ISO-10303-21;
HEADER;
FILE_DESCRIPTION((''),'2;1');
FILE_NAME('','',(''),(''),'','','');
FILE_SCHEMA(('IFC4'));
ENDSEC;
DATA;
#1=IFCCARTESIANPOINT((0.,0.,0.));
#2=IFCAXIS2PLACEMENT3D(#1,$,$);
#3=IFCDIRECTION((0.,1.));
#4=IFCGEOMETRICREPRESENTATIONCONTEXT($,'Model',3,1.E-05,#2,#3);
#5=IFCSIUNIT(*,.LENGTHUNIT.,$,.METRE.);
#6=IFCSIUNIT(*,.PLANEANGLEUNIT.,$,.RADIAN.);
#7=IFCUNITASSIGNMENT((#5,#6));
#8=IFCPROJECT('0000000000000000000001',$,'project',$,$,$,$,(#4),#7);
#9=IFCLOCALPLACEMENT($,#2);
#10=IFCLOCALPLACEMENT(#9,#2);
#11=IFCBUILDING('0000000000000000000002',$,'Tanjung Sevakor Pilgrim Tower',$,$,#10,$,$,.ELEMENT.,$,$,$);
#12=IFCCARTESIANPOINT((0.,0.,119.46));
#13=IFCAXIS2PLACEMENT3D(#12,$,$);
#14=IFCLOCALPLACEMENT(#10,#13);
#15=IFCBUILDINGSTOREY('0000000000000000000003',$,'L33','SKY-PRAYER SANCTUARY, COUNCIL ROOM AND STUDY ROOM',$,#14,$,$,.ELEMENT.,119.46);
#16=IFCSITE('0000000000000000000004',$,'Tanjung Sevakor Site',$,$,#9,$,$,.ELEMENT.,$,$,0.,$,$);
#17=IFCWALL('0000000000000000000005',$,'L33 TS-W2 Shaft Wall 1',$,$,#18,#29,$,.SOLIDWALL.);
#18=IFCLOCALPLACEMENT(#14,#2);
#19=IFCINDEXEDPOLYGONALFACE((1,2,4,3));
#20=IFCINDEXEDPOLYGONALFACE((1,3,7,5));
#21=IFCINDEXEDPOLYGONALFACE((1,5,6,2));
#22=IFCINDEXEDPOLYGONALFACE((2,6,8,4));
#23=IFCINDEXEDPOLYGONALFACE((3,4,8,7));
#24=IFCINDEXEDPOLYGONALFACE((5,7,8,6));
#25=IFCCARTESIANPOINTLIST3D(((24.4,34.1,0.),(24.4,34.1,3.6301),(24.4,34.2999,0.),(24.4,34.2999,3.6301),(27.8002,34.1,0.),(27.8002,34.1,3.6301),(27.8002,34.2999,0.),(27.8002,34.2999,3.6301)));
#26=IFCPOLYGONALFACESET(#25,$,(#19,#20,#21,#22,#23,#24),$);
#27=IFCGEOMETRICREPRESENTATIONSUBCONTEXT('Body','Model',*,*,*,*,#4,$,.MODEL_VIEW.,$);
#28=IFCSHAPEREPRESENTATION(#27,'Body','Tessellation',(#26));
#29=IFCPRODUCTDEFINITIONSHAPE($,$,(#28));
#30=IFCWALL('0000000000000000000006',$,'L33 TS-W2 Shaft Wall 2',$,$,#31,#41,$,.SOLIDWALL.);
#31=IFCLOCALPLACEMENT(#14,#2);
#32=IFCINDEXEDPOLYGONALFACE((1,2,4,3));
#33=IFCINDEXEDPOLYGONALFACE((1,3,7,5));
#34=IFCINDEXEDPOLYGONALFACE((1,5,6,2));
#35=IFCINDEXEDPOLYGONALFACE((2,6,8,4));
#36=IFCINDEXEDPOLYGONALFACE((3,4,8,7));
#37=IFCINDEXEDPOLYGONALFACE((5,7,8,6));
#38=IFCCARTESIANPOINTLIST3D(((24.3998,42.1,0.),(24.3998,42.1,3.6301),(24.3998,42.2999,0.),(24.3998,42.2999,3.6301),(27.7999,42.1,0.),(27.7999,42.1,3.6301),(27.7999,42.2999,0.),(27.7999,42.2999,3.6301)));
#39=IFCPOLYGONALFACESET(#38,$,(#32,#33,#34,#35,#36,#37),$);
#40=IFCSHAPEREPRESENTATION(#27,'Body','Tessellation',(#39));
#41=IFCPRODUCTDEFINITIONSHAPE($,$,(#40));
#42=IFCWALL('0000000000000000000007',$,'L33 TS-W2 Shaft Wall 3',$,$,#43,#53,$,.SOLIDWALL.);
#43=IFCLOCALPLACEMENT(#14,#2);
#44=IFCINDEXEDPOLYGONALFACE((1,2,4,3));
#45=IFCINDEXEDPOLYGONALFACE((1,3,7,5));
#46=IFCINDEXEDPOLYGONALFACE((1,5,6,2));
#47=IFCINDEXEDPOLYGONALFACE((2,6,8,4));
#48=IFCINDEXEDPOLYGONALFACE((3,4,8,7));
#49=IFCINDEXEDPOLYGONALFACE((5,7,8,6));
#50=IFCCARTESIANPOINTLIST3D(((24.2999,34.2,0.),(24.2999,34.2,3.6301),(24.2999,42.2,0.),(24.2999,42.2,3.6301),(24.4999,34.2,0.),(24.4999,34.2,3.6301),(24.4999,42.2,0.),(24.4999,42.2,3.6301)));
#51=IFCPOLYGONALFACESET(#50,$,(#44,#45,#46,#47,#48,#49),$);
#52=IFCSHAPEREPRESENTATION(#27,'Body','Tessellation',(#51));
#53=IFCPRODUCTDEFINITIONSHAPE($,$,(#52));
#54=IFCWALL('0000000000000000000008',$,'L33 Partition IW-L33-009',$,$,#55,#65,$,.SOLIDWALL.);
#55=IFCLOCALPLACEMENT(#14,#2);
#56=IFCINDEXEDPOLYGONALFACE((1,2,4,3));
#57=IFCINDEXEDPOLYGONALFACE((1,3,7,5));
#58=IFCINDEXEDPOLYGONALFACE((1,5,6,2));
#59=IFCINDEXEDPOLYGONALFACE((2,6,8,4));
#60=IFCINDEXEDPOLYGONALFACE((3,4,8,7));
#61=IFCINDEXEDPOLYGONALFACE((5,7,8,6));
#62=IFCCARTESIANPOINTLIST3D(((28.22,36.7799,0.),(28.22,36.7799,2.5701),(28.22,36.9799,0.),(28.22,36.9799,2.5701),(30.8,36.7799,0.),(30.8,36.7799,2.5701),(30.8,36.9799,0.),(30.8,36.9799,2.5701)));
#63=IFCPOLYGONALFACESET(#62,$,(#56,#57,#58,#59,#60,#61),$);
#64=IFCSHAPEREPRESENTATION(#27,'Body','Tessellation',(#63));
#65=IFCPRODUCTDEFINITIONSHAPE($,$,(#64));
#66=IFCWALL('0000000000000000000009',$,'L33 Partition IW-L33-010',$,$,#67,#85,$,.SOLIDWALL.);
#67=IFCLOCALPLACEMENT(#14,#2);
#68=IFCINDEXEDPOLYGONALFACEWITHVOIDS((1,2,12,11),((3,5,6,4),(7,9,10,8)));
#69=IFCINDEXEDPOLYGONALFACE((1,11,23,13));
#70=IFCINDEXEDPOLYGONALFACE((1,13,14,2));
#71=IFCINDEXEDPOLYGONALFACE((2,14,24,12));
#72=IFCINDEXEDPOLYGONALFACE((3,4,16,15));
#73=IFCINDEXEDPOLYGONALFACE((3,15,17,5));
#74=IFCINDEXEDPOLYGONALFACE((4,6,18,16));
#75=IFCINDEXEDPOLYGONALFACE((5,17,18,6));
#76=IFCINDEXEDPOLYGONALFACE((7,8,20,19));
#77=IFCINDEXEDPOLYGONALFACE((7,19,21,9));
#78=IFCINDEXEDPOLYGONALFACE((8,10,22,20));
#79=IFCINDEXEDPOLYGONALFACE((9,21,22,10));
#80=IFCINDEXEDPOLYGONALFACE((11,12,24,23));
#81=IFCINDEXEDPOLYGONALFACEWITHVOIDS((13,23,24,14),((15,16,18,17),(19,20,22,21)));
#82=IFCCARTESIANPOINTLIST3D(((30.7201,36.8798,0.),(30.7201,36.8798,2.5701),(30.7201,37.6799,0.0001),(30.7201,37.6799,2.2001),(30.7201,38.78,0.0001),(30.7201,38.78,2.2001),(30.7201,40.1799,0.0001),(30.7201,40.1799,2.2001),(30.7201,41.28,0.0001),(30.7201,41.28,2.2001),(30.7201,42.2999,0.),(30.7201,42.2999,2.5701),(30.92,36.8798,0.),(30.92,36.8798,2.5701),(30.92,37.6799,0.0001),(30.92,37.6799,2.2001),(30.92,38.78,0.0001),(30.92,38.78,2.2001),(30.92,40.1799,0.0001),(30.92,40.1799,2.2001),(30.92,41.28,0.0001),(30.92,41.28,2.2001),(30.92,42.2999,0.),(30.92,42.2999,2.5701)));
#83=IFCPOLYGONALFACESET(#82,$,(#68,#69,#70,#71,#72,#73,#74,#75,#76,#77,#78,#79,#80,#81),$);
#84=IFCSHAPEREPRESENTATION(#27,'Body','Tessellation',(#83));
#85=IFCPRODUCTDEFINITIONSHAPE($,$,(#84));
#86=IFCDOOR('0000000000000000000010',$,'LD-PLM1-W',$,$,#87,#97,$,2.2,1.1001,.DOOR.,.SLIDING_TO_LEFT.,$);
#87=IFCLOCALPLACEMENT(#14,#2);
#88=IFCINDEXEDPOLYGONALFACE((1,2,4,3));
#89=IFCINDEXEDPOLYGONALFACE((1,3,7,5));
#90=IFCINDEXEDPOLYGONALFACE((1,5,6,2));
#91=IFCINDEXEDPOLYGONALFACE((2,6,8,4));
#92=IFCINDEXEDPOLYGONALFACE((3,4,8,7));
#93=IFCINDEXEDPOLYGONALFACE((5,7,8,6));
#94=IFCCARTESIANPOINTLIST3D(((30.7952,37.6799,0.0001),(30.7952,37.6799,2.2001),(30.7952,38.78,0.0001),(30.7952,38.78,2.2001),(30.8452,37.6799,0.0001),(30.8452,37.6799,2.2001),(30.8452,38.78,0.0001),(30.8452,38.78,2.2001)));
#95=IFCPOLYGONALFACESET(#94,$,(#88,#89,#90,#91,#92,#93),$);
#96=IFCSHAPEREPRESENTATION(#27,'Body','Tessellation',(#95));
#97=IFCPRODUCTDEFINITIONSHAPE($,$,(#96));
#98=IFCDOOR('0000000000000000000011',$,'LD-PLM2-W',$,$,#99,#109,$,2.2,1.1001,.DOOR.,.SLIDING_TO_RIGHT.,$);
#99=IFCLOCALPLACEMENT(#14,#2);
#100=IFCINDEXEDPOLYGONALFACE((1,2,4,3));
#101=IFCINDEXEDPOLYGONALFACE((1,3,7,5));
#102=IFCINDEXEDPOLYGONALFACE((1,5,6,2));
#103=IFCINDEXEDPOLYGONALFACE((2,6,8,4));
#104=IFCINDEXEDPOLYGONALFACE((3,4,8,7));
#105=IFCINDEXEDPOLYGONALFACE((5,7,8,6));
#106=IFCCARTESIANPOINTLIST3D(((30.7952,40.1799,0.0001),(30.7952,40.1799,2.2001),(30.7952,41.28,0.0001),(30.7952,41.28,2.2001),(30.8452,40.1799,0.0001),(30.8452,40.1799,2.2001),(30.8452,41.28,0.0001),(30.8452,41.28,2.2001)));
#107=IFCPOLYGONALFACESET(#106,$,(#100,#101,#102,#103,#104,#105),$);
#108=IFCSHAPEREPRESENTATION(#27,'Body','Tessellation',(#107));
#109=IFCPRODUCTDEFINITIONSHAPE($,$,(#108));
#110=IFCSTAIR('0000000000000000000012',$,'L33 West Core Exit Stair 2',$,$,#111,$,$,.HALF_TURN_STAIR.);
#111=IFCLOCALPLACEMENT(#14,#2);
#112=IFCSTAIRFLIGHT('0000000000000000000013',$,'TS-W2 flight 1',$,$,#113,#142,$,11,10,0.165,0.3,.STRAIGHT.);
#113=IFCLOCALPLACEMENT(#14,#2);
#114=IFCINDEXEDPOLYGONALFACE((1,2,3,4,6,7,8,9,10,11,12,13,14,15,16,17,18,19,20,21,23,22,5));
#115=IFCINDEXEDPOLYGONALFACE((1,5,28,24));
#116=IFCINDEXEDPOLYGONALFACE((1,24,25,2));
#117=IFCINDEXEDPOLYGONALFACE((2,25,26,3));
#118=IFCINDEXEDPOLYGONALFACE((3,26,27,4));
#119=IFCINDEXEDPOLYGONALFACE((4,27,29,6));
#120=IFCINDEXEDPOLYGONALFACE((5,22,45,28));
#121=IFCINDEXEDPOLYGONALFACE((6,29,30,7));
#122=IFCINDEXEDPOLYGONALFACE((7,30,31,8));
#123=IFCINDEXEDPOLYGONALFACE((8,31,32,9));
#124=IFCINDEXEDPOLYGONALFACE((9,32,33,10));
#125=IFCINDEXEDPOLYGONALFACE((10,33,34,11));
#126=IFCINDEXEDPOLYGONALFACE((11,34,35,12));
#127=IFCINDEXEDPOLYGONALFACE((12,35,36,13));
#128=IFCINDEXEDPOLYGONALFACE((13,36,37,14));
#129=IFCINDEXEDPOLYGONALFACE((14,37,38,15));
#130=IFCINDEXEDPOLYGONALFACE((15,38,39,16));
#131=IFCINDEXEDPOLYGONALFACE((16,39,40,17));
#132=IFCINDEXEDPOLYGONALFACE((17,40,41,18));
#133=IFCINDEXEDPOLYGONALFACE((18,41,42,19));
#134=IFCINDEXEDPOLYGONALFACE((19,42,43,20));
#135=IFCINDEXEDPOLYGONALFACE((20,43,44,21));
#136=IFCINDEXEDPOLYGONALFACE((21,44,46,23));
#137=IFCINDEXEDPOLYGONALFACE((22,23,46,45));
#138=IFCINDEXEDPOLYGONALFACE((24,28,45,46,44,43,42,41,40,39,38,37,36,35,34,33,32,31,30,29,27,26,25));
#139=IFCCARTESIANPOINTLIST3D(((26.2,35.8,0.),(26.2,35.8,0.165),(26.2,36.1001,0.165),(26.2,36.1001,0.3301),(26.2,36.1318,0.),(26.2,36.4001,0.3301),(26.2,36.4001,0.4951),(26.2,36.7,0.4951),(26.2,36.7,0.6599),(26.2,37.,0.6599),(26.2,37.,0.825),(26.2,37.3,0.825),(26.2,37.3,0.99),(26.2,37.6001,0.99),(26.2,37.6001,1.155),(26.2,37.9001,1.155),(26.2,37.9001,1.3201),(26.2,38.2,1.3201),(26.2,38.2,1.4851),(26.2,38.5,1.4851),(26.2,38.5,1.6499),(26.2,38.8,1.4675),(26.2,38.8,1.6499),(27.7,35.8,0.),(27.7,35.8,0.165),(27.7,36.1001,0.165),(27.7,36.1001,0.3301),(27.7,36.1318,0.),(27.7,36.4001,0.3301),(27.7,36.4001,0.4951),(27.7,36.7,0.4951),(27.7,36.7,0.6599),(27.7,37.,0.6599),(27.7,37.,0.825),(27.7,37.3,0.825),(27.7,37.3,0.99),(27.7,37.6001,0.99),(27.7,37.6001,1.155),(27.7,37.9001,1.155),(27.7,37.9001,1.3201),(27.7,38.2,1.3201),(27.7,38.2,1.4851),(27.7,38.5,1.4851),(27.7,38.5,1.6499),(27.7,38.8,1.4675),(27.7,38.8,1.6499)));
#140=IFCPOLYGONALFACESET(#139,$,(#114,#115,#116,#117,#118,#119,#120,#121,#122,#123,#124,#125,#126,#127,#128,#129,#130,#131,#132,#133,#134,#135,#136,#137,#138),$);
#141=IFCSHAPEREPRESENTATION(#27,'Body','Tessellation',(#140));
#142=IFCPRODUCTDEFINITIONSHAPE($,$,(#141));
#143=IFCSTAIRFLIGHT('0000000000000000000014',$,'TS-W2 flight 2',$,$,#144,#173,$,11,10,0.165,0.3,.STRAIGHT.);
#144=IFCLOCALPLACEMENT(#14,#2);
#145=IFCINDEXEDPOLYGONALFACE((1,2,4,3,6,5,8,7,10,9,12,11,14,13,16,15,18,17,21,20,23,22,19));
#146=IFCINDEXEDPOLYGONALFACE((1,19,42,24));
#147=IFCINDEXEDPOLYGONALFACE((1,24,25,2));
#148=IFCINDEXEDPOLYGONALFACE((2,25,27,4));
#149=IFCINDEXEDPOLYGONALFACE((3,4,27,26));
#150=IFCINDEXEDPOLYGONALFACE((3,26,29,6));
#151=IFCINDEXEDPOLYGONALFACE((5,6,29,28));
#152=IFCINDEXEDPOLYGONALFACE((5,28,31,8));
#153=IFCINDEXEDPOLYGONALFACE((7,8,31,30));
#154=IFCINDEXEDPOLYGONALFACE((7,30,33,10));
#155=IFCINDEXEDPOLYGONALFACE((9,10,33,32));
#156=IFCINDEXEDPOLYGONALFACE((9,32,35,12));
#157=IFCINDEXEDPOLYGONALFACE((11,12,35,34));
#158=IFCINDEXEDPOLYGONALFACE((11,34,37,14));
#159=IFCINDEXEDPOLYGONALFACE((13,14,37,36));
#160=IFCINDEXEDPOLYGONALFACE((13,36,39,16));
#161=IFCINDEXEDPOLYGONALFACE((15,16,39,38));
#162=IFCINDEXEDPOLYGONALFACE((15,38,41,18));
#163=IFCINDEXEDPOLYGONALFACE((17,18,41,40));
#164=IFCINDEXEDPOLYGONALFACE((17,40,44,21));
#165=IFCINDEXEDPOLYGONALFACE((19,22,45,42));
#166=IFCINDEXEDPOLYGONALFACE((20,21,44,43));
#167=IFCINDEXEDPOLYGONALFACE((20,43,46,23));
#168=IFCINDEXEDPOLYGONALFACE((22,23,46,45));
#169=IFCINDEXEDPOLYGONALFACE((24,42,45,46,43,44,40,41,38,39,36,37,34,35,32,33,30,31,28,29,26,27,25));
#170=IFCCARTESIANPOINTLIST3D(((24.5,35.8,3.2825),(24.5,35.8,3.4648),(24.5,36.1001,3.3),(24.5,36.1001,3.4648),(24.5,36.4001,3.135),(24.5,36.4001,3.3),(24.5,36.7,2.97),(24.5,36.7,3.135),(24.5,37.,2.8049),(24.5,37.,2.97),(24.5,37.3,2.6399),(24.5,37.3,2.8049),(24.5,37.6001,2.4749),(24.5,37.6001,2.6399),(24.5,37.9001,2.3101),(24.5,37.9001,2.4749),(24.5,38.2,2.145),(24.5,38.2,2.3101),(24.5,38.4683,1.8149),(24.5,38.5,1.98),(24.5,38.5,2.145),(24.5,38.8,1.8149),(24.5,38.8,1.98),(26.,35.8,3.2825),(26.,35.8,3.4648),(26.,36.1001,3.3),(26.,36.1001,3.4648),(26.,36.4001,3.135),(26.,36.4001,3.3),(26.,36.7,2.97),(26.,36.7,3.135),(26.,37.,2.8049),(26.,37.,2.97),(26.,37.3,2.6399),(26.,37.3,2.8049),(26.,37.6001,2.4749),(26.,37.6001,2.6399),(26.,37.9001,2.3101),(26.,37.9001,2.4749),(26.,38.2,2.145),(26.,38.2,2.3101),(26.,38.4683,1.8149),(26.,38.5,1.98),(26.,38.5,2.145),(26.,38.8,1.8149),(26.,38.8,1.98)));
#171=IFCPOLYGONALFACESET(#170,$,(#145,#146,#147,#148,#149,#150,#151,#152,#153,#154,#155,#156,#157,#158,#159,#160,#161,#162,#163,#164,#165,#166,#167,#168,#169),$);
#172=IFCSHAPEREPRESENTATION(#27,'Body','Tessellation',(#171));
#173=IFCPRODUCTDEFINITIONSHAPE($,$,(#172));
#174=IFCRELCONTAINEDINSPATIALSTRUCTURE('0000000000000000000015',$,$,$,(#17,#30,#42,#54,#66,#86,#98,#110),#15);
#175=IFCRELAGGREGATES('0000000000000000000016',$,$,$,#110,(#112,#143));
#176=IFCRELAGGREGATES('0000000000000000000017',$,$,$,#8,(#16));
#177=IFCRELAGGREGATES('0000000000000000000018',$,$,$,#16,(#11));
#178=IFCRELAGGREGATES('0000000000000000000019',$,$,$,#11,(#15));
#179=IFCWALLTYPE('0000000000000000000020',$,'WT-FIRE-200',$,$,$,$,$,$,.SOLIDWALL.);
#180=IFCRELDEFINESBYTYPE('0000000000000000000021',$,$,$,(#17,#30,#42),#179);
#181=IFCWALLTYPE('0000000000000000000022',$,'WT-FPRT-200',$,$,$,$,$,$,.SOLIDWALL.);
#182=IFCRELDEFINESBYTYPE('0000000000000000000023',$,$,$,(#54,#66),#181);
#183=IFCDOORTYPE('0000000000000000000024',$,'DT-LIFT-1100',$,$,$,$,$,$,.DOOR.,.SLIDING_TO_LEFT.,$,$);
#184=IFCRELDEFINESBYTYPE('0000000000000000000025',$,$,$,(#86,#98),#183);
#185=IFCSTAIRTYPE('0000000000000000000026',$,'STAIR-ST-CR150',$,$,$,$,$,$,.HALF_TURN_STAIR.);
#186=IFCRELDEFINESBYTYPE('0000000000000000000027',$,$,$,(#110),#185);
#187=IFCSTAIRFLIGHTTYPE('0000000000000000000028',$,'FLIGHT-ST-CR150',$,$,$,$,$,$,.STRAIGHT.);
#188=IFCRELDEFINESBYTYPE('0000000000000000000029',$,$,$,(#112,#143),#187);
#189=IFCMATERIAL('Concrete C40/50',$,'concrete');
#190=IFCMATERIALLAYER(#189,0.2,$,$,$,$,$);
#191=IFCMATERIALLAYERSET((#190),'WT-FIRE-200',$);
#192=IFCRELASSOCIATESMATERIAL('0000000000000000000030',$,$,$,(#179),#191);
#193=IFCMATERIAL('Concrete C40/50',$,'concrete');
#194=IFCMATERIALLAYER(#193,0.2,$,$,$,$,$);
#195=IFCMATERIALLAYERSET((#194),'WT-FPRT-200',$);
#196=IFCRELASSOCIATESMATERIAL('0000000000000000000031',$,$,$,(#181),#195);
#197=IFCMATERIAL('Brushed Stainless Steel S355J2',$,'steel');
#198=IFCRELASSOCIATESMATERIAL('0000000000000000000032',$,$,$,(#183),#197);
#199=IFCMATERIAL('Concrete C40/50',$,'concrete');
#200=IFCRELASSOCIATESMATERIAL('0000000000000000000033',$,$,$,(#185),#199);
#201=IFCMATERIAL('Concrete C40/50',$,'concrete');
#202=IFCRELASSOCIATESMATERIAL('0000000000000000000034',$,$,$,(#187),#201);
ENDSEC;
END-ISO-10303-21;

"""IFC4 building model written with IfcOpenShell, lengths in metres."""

from ifc_helpers import new_model, si_unit, direction, frame, frame_2d, origin, place, context, subcontext, project, spatial, polyline, rectangle, outline, extrude, material, layer, layer_set, type_object, element, fill, aggregate, save


model = new_model("IFC4")

# Units and contexts
model_context = context("Model", 3, precision=1e-05, world=origin(), true_north=direction((0.0, 1.0)))
body_context = subcontext(model_context, "Body", "Model", "MODEL_VIEW")
ifc_project = project(units=[si_unit("LENGTHUNIT", "METRE"), si_unit("PLANEANGLEUNIT", "RADIAN")], contexts=[model_context])

# Site, building, storey
site_placement = place(None, origin())
site = spatial("IfcSite", under=ifc_project, at=site_placement, Name="Tanjung Sevakor Site", CompositionType="ELEMENT", RefElevation=0.0)
building_placement = place(site_placement, origin())
building = spatial("IfcBuilding", under=site, at=building_placement, Name="Tanjung Sevakor Pilgrim Tower", CompositionType="ELEMENT")
storey_placement = place(building_placement, frame((0.0, 0.0, 119.46)))
storey = spatial("IfcBuildingStorey", under=building, at=storey_placement, Name="L33", Description="SKY-PRAYER SANCTUARY, COUNCIL ROOM AND STUDY ROOM", CompositionType="ELEMENT", Elevation=119.46)

# Walls
ifc_material_1 = material(Name="Concrete C40/50", Category="concrete")
ifc_layer_1 = layer(ifc_material_1, 0.2)
ifc_layer_set_1 = layer_set([ifc_layer_1], Name="WT-FIRE-200")
wall_type_1 = type_object("IfcWallType", Name="WT-FIRE-200", PredefinedType="SOLIDWALL", material=ifc_layer_set_1)
for number, where, z_axis, x_axis, name in (
    (1, (24.3999, 34.2, 0.0), (0.0, 0.0, 1.0), (1.0, 0.0, 0.0), "L33 TS-W2 Shaft Wall 1"),
    (2, (27.8, 42.2, 0.0), (0.0, 0.0, 1.0), (-1.0, 0.0, 0.0), "L33 TS-W2 Shaft Wall 2"),
):
    element("IfcWall", number, at=place(storey_placement, frame(where, z_axis=z_axis, x_axis=x_axis)), inside=storey, type_object=wall_type_1, Name=name, PredefinedType="SOLIDWALL", context=body_context, shape_type="SweptSolid", body=[
        extrude(rectangle(XDim=3.4001, YDim=0.2, at=frame_2d((1.7002, 0.0))), origin(), (0.0, 0.0, 1.0), 3.6301),
    ])
wall_1_placement = place(storey_placement, frame((24.3999, 42.2, 0.0), z_axis=(0.0, 0.0, 1.0), x_axis=(0.0, -1.0, 0.0)))
element("IfcWall", 3, at=wall_1_placement, inside=storey, type_object=wall_type_1, Name="L33 TS-W2 Shaft Wall 3", PredefinedType="SOLIDWALL", context=body_context, shape_type="SweptSolid", body=[
    extrude(rectangle(XDim=8.0, YDim=0.2, at=frame_2d((4.0, 0.0))), origin(), (0.0, 0.0, 1.0), 3.6301),
])
ifc_material_2 = material(Name="Concrete C40/50", Category="concrete")
ifc_layer_2 = layer(ifc_material_2, 0.2)
ifc_layer_set_2 = layer_set([ifc_layer_2], Name="WT-FPRT-200")
wall_type_2 = type_object("IfcWallType", Name="WT-FPRT-200", PredefinedType="SOLIDWALL", material=ifc_layer_set_2)
wall_2_placement = place(storey_placement, frame((28.22, 36.8799, 0.0), z_axis=(0.0, 0.0, 1.0), x_axis=(1.0, 0.0, 0.0)))
element("IfcWall", 4, at=wall_2_placement, inside=storey, type_object=wall_type_2, Name="L33 Partition IW-L33-009", PredefinedType="SOLIDWALL", context=body_context, shape_type="SweptSolid", body=[
    extrude(rectangle(XDim=2.5801, YDim=0.2, at=frame_2d((1.29, 0.0))), origin(), (0.0, 0.0, 1.0), 2.5701),
])

# Wall, openings, doors
wall_3_placement = place(storey_placement, frame((30.8201, 36.8799, 0.0), z_axis=(0.0, 0.0, 1.0), x_axis=(0.0, 1.0, 0.0)))
wall_3 = element("IfcWall", 5, at=wall_3_placement, inside=storey, type_object=wall_type_2, Name="L33 Partition IW-L33-010", PredefinedType="SOLIDWALL", context=body_context, shape_type="SweptSolid", body=[
    extrude(rectangle(XDim=5.4202, YDim=0.2, at=frame_2d((2.71, 0.0))), origin(), (0.0, 0.0, 1.0), 2.5701),
])
opening_1_placement = place(wall_3_placement, frame((0.8, 0.0, 0.0)))
opening_1 = element("IfcOpeningElement", 6, at=opening_1_placement, cuts=wall_3, PredefinedType="OPENING", context=body_context, shape_type="SweptSolid", body=[
    extrude(rectangle(XDim=1.1001, YDim=2.2, at=frame_2d((0.55, 1.1001))), frame((0.0, 0.1099, 0.0), z_axis=(0.0, -1.0, 0.0), x_axis=(1.0, 0.0, 0.0)), (0.0, 0.0, 1.0), 0.22),
])
opening_2_placement = place(wall_3_placement, frame((3.3, 0.0, 0.0)))
opening_2 = element("IfcOpeningElement", 7, at=opening_2_placement, cuts=wall_3, PredefinedType="OPENING", context=body_context, shape_type="SweptSolid", body=[
    extrude(rectangle(XDim=1.1001, YDim=2.2, at=frame_2d((0.55, 1.1001))), frame((0.0, 0.1099, 0.0), z_axis=(0.0, -1.0, 0.0), x_axis=(1.0, 0.0, 0.0)), (0.0, 0.0, 1.0), 0.22),
])
ifc_material_3 = material(Name="Brushed Stainless Steel S355J2", Category="steel")
door_type = type_object("IfcDoorType", Name="DT-LIFT-1100", OperationType="SLIDING_TO_LEFT", PredefinedType="DOOR", material=ifc_material_3)
door_1_placement = place(opening_1_placement, origin())
door_1 = element("IfcDoor", 8, at=door_1_placement, inside=storey, type_object=door_type, Name="LD-PLM1-W", OperationType="SLIDING_TO_LEFT", OverallHeight=2.2, OverallWidth=1.1001, PredefinedType="DOOR", context=body_context, shape_type="SweptSolid", body=[
    extrude(rectangle(XDim=1.1001, YDim=2.2, at=frame_2d((0.55, 1.1001))), frame((0.0, 0.0249, 0.0), z_axis=(0.0, -1.0, 0.0), x_axis=(1.0, 0.0, 0.0)), (0.0, 0.0, 1.0), 0.05),
])
fill(opening_1, door_1)
door_2_placement = place(opening_2_placement, origin())
door_2 = element("IfcDoor", 9, at=door_2_placement, inside=storey, type_object=door_type, Name="LD-PLM2-W", OperationType="SLIDING_TO_RIGHT", OverallHeight=2.2, OverallWidth=1.1001, PredefinedType="DOOR", context=body_context, shape_type="SweptSolid", body=[
    extrude(rectangle(XDim=1.1001, YDim=2.2, at=frame_2d((0.55, 1.1001))), frame((0.0, 0.0249, 0.0), z_axis=(0.0, -1.0, 0.0), x_axis=(1.0, 0.0, 0.0)), (0.0, 0.0, 1.0), 0.05),
])
fill(opening_2, door_2)

# Stair, stair flights
ifc_material_4 = material(Name="Concrete C40/50", Category="concrete")
stair_type = type_object("IfcStairType", Name="STAIR-ST-CR150", PredefinedType="HALF_TURN_STAIR", material=ifc_material_4)
stair_placement = place(storey_placement, origin())
stair = element("IfcStair", 10, at=stair_placement, inside=storey, type_object=stair_type, Name="L33 West Core Exit Stair 2", PredefinedType="HALF_TURN_STAIR")
ifc_material_5 = material(Name="Concrete C40/50", Category="concrete")
stair_flight_type = type_object("IfcStairFlightType", Name="FLIGHT-ST-CR150", PredefinedType="STRAIGHT", material=ifc_material_5)
stair_flight_1_placement = place(storey_placement, frame((26.95, 35.8, 0.0), z_axis=(0.0, 0.0, 1.0), x_axis=(0.0, 1.0, 0.0)))
stair_flight_1 = element("IfcStairFlight", 11, at=stair_flight_1_placement, type_object=stair_flight_type, Name="TS-W2 flight 1", NumberOfRisers=11, NumberOfTreads=10, PredefinedType="STRAIGHT", RiserHeight=0.165, TreadLength=0.3, context=body_context, shape_type="SweptSolid", body=[
    extrude(outline(polyline([(0.0, 0.0), (0.0, 0.165), (0.3, 0.165), (0.3, 0.3301), (0.6001, 0.3301), (0.6001, 0.4951), (0.8999, 0.4951), (0.8999, 0.6599), (1.2, 0.6599), (1.2, 0.825), (1.5, 0.825), (1.5, 0.99), (1.8, 0.99), (1.8, 1.155), (2.1001, 1.155), (2.1001, 1.3201), (2.3999, 1.3201), (2.3999, 1.4851), (2.7, 1.4851), (2.7, 1.6499), (3.0, 1.6499), (3.0, 1.8149), (3.0, 1.4675), (0.3318, 0.0), (0.0, 0.0)])), frame((0.0, 0.75, 0.0), z_axis=(0.0, -1.0, 0.0), x_axis=(1.0, 0.0, 0.0)), (0.0, 0.0, 1.0), 1.5),
])
stair_flight_2_placement = place(storey_placement, frame((25.25, 38.8, 1.8149), z_axis=(0.0, 0.0, 1.0), x_axis=(0.0, -1.0, 0.0)))
stair_flight_2 = element("IfcStairFlight", 12, at=stair_flight_2_placement, type_object=stair_flight_type, Name="TS-W2 flight 2", NumberOfRisers=11, NumberOfTreads=10, PredefinedType="STRAIGHT", RiserHeight=0.165, TreadLength=0.3, context=body_context, shape_type="SweptSolid", body=[
    extrude(outline(polyline([(0.0, 0.0), (0.0, 0.165), (0.3, 0.165), (0.3, 0.3301), (0.6001, 0.3301), (0.6001, 0.4951), (0.8999, 0.4951), (0.8999, 0.6599), (1.2, 0.6599), (1.2, 0.825), (1.5, 0.825), (1.5, 0.99), (1.8, 0.99), (1.8, 1.155), (2.1001, 1.155), (2.1001, 1.3201), (2.3999, 1.3201), (2.3999, 1.4851), (2.7, 1.4851), (2.7, 1.6499), (3.0, 1.6499), (3.0, 1.8149), (3.0, 1.4675), (0.3318, 0.0), (0.0, 0.0)])), frame((0.0, 0.75, 0.0), z_axis=(0.0, -1.0, 0.0), x_axis=(1.0, 0.0, 0.0)), (0.0, 0.0, 1.0), 1.5),
])
aggregate(stair, [stair_flight_1, stair_flight_2])

save(model, "model.ifc")
